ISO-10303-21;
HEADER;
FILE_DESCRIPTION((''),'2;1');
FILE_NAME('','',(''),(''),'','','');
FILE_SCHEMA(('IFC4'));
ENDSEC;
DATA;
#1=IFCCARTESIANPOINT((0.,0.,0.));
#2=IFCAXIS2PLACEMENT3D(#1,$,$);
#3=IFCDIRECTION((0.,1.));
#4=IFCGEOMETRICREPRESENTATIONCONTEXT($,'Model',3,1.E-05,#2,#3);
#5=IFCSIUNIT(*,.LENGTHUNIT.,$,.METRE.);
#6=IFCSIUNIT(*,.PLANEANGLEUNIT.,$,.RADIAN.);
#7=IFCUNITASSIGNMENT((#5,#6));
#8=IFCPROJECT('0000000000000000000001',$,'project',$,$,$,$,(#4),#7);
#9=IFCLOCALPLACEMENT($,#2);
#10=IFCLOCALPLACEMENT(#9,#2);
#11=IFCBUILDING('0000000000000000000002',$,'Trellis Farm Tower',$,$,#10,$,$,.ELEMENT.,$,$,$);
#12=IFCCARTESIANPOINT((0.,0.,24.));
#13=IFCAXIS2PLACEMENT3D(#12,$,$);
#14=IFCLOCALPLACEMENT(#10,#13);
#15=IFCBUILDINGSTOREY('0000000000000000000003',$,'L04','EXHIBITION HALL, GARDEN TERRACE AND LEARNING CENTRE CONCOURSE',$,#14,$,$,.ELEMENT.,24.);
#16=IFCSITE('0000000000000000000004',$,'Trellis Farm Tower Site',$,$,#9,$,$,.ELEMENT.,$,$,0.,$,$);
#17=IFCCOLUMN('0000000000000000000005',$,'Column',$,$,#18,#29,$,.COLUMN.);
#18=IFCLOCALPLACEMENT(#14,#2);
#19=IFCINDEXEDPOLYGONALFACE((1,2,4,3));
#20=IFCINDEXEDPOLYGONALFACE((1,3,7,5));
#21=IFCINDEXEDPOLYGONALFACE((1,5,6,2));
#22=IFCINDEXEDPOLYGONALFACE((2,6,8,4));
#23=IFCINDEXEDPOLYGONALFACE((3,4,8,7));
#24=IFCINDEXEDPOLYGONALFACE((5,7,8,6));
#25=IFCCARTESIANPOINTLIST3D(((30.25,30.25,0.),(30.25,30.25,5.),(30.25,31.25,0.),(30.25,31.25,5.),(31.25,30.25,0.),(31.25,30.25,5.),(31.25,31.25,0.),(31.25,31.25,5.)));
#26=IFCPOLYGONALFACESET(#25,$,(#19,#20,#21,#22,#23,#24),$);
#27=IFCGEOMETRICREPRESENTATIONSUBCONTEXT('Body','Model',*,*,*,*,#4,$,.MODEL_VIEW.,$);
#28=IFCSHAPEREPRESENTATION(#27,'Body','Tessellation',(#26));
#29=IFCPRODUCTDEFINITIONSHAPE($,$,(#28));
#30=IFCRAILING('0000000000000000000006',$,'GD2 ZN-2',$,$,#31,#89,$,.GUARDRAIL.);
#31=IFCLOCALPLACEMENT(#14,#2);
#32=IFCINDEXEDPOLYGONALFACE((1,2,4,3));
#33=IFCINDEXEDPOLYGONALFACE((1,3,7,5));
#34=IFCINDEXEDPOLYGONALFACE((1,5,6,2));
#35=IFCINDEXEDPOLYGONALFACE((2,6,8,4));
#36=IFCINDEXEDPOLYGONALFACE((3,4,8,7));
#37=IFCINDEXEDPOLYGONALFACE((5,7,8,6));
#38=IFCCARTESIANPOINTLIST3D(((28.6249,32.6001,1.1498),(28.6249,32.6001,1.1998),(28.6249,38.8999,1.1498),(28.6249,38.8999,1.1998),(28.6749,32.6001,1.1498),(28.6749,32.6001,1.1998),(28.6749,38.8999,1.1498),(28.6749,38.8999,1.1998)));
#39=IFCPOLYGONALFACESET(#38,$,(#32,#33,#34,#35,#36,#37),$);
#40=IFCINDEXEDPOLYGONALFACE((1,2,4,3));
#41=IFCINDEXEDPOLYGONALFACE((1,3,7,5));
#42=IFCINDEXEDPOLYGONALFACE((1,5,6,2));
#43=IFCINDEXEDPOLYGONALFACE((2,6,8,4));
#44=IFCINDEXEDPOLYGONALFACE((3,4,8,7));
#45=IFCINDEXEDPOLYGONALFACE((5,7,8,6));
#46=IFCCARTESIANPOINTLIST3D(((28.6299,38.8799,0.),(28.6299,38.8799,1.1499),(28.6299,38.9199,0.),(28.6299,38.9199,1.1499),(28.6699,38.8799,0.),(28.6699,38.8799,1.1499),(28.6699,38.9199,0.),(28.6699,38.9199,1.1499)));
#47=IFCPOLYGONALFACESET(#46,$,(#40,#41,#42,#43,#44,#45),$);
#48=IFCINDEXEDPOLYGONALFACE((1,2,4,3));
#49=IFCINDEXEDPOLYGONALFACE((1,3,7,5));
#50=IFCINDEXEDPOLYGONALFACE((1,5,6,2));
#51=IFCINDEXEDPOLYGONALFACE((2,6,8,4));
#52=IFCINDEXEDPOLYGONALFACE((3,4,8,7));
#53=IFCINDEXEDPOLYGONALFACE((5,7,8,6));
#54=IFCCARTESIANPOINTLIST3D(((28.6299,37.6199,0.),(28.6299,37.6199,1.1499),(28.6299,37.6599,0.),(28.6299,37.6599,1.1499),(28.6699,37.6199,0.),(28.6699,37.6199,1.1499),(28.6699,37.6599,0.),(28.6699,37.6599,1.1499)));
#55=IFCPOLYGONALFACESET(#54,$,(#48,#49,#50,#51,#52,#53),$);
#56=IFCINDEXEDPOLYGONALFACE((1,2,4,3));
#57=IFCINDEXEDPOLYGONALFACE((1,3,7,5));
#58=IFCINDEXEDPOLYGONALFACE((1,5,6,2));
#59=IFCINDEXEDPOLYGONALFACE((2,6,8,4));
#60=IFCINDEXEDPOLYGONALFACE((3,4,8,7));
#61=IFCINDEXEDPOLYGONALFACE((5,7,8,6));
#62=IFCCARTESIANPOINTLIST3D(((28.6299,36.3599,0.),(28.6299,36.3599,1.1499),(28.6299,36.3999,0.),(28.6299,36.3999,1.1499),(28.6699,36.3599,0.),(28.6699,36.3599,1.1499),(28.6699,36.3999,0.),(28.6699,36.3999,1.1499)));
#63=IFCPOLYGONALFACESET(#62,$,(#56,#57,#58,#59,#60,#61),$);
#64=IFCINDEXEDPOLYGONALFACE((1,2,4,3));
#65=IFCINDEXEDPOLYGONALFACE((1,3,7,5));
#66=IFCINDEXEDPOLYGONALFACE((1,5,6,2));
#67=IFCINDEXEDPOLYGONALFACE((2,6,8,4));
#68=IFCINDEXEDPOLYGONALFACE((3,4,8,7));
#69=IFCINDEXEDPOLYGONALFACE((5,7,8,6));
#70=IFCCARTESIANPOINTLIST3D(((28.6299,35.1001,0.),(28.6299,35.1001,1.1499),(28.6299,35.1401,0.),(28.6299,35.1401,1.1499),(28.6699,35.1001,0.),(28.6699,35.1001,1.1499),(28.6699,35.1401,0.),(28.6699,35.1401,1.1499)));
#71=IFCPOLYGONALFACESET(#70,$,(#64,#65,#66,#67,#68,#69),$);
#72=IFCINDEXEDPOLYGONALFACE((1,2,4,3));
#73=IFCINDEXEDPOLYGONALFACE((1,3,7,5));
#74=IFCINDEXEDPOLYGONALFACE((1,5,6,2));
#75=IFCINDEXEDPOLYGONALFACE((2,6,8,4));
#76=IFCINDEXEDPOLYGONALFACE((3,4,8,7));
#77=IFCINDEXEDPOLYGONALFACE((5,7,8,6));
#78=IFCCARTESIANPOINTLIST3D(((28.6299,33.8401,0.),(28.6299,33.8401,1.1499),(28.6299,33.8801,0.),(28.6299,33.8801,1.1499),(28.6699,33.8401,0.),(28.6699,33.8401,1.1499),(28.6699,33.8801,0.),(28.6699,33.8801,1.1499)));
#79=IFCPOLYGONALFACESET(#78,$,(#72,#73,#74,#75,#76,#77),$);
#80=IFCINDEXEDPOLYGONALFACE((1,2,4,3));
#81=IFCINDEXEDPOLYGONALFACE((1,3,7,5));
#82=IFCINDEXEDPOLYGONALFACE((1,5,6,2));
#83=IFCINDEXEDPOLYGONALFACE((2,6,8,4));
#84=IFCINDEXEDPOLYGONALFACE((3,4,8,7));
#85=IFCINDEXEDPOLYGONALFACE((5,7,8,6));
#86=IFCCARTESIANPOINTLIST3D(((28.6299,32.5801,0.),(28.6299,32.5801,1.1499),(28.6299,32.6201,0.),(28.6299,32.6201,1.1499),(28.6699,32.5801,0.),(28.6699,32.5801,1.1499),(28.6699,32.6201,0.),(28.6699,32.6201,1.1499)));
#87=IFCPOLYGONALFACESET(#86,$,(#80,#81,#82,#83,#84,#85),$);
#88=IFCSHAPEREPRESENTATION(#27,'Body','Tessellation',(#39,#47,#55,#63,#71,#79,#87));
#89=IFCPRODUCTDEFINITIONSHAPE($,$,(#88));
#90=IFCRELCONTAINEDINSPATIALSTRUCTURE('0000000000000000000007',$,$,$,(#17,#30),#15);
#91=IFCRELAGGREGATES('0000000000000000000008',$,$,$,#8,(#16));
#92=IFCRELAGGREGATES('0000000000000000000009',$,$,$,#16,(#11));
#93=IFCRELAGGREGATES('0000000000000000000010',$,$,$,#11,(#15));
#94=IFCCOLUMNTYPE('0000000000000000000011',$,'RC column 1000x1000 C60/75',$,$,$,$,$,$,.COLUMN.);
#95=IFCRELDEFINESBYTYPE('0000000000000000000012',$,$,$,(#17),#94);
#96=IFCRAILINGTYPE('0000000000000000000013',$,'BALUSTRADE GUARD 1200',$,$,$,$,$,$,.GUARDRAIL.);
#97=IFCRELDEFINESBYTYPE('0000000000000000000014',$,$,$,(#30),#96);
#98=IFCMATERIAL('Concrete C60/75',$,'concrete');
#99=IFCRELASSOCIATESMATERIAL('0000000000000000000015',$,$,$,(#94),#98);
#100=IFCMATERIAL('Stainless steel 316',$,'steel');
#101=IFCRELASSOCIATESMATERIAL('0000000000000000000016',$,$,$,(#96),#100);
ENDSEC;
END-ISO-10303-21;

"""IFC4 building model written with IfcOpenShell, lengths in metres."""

from ifc_helpers import new_model, si_unit, direction, frame, origin, origin_2d, place, context, subcontext, project, spatial, rectangle, extrude, source, transform, mapped, material, material_profile, profile_set, type_object, element, save


model = new_model("IFC4")

# Units and contexts
model_context = context("Model", 3, precision=1e-05, world=origin(), true_north=direction((0.0, 1.0)))
body_context = subcontext(model_context, "Body", "Model", "MODEL_VIEW")
ifc_project = project(units=[si_unit("LENGTHUNIT", "METRE"), si_unit("PLANEANGLEUNIT", "RADIAN")], contexts=[model_context])

# Site, building, storey
site_placement = place(None, origin())
site = spatial("IfcSite", under=ifc_project, at=site_placement, Name="Trellis Farm Tower Site", CompositionType="ELEMENT", RefElevation=0.0)
building_placement = place(site_placement, origin())
building = spatial("IfcBuilding", under=site, at=building_placement, Name="Trellis Farm Tower", CompositionType="ELEMENT")
storey_placement = place(building_placement, frame((0.0, 0.0, 24.0)))
storey = spatial("IfcBuildingStorey", under=building, at=storey_placement, Name="L04", Description="EXHIBITION HALL, GARDEN TERRACE AND LEARNING CENTRE CONCOURSE", CompositionType="ELEMENT", Elevation=24.0)

# Column
ifc_material_1 = material(Name="Concrete C60/75", Category="concrete")
ifc_material_profile = material_profile(ifc_material_1, rectangle(XDim=1.0, YDim=1.0, at=origin_2d()), Name="RC column 1000x1000 C60/75")
ifc_profile_set = profile_set([ifc_material_profile], Name="Concrete C60/75")
column_type = type_object("IfcColumnType", Name="RC column 1000x1000 C60/75", PredefinedType="COLUMN", material=ifc_profile_set)
shared_shape_1 = source(origin(), body_context, "Body", "SweptSolid", [
    extrude(rectangle(XDim=1.0, YDim=1.0, at=origin_2d()), origin(), (0.0, 0.0, 1.0), 5.0),
])
column_placement = place(storey_placement, frame((30.75, 30.75, 0.0), z_axis=(0.0, 0.0, 1.0), x_axis=(1.0, 0.0, 0.0)))
element("IfcColumn", 1, at=column_placement, inside=storey, type_object=column_type, Name="Column", PredefinedType="COLUMN", context=body_context, shape_type="MappedRepresentation", body=[
    mapped(shared_shape_1, transform((0.0, 0.0, 0.0))),
])

# Railing
ifc_material_2 = material(Name="Stainless steel 316", Category="steel")
railing_type = type_object("IfcRailingType", Name="BALUSTRADE GUARD 1200", PredefinedType="GUARDRAIL", material=ifc_material_2)
shared_shape_2 = source(origin(), body_context, "Body", "SweptSolid", [
    extrude(rectangle(XDim=0.05, YDim=0.05, at=origin_2d()), frame((0.0, 0.0, 1.1748), z_axis=(0.0, -1.0, 0.0), x_axis=(1.0, 0.0, 0.0)), (0.0, 0.0, 1.0), 6.2998),
    extrude(rectangle(XDim=0.04, YDim=0.04, at=origin_2d()), origin(), (0.0, 0.0, 1.0), 1.1499),
    extrude(rectangle(XDim=0.04, YDim=0.04, at=origin_2d()), frame((0.0, -1.26, 0.0)), (0.0, 0.0, 1.0), 1.1499),
    extrude(rectangle(XDim=0.04, YDim=0.04, at=origin_2d()), frame((0.0, -2.52, 0.0)), (0.0, 0.0, 1.0), 1.1499),
    extrude(rectangle(XDim=0.04, YDim=0.04, at=origin_2d()), frame((0.0, -3.7798, 0.0)), (0.0, 0.0, 1.0), 1.1499),
    extrude(rectangle(XDim=0.04, YDim=0.04, at=origin_2d()), frame((0.0, -5.0398, 0.0)), (0.0, 0.0, 1.0), 1.1499),
    extrude(rectangle(XDim=0.04, YDim=0.04, at=origin_2d()), frame((0.0, -6.2998, 0.0)), (0.0, 0.0, 1.0), 1.1499),
])
railing_placement = place(storey_placement, frame((28.6499, 38.8999, 0.0)))
element("IfcRailing", 2, at=railing_placement, inside=storey, type_object=railing_type, Name="GD2 ZN-2", PredefinedType="GUARDRAIL", context=body_context, shape_type="MappedRepresentation", body=[
    mapped(shared_shape_2, transform((0.0, 0.0, 0.0))),
])

save(model, "model.ifc")
